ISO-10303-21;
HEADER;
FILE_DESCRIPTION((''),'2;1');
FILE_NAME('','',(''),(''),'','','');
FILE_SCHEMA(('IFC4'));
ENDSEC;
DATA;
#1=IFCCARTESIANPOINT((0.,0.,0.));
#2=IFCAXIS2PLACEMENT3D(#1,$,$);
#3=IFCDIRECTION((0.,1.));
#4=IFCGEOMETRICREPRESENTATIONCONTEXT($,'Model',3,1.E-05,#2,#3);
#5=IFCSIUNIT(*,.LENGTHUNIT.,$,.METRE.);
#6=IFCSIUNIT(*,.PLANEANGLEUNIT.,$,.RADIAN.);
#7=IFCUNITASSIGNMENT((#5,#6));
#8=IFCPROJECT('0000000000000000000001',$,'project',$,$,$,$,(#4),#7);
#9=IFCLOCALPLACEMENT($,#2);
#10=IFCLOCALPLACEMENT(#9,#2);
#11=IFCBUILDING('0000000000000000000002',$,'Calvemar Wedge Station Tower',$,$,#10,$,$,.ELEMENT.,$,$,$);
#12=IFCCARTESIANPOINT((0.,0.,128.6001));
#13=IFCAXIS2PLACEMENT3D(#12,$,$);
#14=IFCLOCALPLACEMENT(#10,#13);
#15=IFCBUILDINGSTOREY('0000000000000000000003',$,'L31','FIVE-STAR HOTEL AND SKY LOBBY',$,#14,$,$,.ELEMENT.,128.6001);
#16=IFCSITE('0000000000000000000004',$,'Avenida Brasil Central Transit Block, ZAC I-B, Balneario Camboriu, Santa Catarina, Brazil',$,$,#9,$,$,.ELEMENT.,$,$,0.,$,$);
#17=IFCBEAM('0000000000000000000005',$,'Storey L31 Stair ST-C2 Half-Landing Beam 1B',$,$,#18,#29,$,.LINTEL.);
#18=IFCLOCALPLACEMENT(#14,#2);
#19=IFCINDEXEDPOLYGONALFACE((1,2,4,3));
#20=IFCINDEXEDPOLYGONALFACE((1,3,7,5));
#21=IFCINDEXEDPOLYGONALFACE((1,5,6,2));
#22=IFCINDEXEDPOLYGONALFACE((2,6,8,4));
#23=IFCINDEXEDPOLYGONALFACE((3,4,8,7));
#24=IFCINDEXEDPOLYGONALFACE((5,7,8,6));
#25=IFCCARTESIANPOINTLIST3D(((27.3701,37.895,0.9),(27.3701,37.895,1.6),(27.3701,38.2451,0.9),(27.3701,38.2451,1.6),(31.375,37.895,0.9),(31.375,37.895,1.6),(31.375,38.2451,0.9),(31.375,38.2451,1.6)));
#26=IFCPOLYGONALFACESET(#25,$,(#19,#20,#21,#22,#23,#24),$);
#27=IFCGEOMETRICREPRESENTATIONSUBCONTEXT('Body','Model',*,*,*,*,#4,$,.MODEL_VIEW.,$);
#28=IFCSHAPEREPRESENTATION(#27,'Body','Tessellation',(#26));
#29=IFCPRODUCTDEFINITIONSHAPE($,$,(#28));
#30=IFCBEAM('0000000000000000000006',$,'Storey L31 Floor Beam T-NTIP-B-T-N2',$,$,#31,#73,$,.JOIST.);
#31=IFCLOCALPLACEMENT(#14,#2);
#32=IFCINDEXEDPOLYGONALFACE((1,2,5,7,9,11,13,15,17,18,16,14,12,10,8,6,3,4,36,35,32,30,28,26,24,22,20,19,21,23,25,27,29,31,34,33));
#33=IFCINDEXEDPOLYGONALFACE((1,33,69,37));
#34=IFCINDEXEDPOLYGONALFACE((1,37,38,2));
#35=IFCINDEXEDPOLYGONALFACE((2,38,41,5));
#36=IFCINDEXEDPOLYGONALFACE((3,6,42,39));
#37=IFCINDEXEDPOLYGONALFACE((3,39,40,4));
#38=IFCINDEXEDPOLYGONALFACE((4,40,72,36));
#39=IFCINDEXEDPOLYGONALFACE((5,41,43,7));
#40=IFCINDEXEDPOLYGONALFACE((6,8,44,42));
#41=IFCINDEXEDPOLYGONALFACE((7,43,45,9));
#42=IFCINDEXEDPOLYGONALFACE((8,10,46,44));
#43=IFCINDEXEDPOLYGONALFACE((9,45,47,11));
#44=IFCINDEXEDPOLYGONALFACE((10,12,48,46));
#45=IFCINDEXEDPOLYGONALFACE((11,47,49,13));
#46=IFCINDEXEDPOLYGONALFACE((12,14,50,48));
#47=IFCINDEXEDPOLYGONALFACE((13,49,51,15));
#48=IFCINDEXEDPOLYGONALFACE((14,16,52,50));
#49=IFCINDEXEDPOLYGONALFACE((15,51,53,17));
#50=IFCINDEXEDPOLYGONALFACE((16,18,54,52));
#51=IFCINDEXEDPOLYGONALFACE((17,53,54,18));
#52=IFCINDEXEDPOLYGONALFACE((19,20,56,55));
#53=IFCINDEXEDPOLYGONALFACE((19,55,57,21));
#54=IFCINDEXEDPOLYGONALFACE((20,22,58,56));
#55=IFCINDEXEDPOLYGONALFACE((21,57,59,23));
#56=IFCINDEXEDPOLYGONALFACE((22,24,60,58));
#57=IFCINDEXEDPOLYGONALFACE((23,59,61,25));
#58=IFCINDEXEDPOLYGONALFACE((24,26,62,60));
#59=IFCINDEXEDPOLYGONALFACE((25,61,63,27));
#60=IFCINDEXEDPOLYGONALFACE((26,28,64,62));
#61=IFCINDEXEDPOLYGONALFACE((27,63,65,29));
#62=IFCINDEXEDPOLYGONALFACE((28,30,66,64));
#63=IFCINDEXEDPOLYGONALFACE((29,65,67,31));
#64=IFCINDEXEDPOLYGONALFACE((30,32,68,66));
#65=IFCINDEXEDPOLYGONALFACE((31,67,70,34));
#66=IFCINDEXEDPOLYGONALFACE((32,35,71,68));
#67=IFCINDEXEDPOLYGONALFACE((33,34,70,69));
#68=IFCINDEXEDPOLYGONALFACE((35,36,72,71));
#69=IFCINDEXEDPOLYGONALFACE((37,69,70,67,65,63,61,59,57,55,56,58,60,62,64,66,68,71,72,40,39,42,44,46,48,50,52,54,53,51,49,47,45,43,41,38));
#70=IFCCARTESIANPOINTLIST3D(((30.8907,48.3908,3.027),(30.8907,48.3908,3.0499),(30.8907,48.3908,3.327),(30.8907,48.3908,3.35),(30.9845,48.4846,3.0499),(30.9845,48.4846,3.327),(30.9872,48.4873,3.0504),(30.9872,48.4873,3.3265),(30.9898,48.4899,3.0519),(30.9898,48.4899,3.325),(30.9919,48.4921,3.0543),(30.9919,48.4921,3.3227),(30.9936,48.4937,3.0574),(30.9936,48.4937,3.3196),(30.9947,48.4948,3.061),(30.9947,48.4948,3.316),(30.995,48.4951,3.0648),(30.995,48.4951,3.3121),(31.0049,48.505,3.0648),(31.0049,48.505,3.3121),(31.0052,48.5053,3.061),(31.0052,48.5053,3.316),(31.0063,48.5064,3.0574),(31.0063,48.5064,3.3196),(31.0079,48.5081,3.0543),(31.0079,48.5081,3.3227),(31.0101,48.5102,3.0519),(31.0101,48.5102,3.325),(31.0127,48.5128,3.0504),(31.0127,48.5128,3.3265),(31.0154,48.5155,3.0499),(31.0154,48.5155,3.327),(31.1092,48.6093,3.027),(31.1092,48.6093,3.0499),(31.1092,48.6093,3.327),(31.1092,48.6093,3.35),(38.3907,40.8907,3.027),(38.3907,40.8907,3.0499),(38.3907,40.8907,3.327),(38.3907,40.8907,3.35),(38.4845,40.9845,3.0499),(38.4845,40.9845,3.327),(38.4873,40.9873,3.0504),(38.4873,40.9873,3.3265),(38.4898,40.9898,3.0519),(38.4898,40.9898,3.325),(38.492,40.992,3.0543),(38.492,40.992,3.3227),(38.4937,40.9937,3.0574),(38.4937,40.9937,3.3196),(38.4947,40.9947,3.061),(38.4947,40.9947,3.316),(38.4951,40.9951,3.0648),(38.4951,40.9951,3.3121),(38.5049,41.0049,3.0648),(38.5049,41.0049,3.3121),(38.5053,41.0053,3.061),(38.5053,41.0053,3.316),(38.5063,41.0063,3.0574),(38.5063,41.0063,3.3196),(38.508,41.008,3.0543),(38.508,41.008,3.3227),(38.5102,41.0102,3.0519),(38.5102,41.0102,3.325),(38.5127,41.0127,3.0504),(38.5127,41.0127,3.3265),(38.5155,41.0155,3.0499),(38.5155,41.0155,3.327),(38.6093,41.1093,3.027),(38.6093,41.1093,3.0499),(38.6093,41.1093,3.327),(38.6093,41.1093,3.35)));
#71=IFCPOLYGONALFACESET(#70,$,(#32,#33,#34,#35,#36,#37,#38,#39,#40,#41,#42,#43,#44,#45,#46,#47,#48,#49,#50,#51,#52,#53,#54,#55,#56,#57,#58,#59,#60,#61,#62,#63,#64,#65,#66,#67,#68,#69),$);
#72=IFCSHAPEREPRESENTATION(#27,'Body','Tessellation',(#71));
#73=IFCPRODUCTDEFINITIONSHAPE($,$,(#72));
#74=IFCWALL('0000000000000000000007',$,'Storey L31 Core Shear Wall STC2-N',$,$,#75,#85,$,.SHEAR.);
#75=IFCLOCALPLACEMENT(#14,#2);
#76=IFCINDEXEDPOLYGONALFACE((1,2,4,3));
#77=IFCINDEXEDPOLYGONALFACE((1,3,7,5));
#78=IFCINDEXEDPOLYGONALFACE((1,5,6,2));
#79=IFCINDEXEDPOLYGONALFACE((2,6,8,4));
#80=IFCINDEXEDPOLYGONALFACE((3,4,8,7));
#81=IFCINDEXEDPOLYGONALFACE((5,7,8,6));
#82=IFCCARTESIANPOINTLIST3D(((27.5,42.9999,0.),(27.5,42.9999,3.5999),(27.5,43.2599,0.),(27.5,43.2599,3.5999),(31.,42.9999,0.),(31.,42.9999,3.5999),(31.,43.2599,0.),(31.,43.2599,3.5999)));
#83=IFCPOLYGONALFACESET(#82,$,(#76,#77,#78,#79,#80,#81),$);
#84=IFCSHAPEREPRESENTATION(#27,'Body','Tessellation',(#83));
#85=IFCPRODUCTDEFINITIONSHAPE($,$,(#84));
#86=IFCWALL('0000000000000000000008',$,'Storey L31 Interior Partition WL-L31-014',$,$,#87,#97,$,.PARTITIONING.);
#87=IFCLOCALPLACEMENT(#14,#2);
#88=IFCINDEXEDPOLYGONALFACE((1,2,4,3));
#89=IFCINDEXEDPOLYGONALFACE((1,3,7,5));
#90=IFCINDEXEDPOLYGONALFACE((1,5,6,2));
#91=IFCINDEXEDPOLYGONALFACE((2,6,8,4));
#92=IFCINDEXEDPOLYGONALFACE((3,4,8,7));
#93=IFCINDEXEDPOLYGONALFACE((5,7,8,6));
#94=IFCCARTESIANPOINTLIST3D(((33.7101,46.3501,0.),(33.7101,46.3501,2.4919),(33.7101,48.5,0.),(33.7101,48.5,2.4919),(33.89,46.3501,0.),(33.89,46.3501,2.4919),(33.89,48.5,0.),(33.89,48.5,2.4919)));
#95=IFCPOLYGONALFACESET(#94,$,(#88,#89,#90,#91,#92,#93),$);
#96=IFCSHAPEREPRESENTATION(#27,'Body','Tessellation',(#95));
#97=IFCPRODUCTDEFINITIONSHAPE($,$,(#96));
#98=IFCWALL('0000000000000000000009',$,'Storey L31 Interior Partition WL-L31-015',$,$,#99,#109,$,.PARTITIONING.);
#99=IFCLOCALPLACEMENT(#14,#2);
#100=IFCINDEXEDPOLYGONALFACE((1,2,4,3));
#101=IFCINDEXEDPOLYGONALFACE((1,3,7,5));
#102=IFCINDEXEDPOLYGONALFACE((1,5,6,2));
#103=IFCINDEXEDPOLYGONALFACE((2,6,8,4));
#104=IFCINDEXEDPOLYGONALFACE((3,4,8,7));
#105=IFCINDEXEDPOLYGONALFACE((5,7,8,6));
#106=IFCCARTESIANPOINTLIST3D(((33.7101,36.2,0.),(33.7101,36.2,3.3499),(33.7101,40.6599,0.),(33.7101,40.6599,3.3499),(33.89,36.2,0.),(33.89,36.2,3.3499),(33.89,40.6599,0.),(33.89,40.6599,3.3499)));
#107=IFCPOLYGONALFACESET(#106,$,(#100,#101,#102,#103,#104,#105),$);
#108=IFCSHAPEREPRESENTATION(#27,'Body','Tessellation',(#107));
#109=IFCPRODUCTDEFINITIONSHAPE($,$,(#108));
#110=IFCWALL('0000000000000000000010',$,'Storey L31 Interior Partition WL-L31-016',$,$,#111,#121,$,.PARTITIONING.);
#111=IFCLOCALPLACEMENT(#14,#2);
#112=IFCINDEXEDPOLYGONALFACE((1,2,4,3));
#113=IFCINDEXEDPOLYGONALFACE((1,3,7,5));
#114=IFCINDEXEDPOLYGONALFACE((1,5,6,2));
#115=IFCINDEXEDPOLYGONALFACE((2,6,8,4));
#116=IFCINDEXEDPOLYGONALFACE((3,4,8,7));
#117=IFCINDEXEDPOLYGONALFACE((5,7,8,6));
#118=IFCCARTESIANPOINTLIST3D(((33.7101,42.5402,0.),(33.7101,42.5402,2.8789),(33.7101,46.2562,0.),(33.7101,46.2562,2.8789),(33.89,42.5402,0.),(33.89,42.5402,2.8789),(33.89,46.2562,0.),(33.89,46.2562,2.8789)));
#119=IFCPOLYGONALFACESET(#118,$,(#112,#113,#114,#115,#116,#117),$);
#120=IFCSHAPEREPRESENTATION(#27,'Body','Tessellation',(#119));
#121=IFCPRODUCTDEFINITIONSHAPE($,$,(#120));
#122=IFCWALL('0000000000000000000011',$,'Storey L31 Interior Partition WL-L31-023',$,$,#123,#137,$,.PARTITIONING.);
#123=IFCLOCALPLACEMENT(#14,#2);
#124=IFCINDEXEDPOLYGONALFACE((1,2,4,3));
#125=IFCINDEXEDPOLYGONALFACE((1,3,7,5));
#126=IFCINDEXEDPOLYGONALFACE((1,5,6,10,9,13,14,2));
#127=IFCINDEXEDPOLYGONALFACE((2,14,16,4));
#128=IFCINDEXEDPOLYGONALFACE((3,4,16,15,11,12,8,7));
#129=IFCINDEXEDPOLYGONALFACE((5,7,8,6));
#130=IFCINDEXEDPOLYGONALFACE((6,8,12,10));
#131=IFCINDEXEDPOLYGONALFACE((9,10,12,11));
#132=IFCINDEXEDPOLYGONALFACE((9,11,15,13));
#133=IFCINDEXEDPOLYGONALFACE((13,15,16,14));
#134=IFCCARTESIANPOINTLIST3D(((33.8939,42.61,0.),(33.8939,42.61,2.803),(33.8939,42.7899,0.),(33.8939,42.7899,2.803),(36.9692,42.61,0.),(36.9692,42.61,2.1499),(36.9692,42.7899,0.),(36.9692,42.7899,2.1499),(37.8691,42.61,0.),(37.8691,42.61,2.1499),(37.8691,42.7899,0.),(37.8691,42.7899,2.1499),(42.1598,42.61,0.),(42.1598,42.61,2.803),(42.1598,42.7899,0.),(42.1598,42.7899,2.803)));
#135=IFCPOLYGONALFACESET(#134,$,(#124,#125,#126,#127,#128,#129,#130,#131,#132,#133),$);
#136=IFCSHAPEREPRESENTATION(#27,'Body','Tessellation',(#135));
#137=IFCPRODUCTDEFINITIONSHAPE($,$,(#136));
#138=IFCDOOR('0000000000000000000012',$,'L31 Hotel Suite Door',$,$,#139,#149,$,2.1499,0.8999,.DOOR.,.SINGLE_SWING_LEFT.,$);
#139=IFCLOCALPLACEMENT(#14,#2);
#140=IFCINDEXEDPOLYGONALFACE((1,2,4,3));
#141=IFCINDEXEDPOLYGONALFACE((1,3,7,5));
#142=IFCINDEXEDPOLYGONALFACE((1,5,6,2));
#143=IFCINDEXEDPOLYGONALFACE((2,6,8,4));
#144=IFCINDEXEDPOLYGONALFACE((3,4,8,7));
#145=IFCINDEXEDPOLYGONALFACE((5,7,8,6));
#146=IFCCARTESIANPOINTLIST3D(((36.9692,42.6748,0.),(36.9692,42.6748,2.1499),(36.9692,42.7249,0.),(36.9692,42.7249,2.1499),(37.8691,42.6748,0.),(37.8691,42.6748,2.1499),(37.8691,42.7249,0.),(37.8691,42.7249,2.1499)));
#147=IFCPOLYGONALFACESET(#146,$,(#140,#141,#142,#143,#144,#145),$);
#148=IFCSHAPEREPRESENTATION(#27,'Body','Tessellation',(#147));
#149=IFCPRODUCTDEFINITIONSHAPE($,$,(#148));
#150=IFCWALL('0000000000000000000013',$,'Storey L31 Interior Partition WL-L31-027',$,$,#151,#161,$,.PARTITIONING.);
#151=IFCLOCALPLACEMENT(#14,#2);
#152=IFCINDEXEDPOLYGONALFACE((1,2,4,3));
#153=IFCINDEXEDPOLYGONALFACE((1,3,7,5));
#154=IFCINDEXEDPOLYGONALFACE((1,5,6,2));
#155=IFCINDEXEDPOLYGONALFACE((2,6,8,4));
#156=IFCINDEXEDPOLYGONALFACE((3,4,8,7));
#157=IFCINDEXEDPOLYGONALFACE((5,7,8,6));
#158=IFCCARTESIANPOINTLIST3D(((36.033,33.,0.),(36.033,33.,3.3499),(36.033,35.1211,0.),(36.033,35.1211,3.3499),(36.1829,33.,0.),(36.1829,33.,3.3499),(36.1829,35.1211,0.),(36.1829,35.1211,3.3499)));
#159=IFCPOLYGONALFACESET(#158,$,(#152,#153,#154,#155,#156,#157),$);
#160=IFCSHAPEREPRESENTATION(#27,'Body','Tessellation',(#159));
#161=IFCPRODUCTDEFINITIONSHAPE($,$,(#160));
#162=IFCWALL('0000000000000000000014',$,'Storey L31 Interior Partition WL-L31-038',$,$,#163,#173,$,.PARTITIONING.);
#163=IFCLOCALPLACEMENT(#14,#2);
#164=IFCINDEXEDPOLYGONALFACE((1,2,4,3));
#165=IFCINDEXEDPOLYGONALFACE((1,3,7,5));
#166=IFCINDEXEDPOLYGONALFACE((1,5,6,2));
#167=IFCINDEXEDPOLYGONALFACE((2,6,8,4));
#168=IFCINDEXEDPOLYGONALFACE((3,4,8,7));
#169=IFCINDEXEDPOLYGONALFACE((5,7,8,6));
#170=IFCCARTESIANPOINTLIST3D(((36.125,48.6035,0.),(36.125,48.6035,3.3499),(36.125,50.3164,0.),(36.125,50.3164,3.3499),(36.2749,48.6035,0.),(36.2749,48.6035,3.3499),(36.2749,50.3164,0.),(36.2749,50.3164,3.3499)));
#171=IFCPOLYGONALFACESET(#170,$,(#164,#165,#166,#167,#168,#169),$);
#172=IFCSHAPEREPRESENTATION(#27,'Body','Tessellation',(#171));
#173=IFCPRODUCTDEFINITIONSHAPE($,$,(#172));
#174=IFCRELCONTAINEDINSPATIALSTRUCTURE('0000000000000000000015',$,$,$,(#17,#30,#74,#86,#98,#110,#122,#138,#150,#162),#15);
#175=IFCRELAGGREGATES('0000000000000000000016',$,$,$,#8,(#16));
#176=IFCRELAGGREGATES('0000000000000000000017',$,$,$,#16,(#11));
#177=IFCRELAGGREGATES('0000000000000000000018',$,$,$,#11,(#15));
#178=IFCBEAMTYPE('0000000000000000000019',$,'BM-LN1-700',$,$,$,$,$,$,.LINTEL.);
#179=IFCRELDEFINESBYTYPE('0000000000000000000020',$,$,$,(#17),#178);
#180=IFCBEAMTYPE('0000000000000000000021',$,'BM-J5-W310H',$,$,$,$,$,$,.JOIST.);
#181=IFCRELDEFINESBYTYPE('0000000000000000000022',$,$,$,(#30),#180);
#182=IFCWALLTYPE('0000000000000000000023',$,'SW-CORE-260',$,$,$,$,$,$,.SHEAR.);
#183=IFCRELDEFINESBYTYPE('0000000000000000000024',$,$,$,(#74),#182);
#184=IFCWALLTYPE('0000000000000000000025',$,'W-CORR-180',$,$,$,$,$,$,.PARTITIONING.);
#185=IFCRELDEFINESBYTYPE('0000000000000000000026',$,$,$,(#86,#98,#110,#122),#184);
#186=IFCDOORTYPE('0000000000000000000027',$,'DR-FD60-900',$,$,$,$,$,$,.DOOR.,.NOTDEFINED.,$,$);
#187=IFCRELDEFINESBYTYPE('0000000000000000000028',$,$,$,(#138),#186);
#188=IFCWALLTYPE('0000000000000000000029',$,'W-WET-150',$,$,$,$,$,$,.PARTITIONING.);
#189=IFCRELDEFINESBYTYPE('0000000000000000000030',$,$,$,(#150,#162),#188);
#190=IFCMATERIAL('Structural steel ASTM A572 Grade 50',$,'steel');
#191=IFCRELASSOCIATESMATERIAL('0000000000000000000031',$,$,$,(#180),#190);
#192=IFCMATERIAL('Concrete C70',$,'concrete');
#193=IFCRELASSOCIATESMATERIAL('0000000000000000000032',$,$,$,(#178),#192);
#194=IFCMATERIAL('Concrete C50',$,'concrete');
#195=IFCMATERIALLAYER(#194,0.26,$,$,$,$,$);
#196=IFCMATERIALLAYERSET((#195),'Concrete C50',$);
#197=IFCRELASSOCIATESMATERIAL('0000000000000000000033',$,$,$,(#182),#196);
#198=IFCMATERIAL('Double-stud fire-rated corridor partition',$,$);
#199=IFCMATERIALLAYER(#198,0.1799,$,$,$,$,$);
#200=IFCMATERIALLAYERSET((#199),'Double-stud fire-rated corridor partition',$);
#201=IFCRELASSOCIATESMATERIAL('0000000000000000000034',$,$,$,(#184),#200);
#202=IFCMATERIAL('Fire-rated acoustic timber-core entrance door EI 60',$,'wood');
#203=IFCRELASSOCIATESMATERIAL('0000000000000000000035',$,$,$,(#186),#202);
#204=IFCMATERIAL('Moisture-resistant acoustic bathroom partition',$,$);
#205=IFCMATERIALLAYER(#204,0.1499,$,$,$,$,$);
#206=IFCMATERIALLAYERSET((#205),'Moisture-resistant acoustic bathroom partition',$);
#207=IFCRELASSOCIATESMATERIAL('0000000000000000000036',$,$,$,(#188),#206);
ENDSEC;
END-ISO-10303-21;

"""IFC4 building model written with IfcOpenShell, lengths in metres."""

from ifc_helpers import new_model, si_unit, direction, frame, frame_2d, origin, origin_2d, place, context, subcontext, project, spatial, rectangle, i_section, extrude, source, transform, mapped, material, layer, layer_set, material_profile, profile_set, type_object, element, fill, save


model = new_model("IFC4")

# Units and contexts
model_context = context("Model", 3, precision=1e-05, world=origin(), true_north=direction((0.0, 1.0)))
body_context = subcontext(model_context, "Body", "Model", "MODEL_VIEW")
ifc_project = project(units=[si_unit("LENGTHUNIT", "METRE"), si_unit("PLANEANGLEUNIT", "RADIAN")], contexts=[model_context])

# Site, building, storey
site_placement = place(None, origin())
site = spatial("IfcSite", under=ifc_project, at=site_placement, Name="Avenida Brasil Central Transit Block, ZAC I-B, Balneario Camboriu, Santa Catarina, Brazil", CompositionType="ELEMENT", RefElevation=0.0)
building_placement = place(site_placement, origin())
building = spatial("IfcBuilding", under=site, at=building_placement, Name="Calvemar Wedge Station Tower", CompositionType="ELEMENT")
storey_placement = place(building_placement, frame((0.0, 0.0, 128.6001)))
storey = spatial("IfcBuildingStorey", under=building, at=storey_placement, Name="L31", Description="FIVE-STAR HOTEL AND SKY LOBBY", CompositionType="ELEMENT", Elevation=128.6001)

# Shared definitions
ifc_material_1 = material(Name="Structural steel ASTM A572 Grade 50", Category="steel")

# Beams
ifc_material_profile_1 = material_profile(ifc_material_1, i_section(OverallWidth=0.3091, OverallDepth=0.323, WebThickness=0.0139, FlangeThickness=0.0229, FilletRadius=0.0149, at=origin_2d()), Name="W310x143")
ifc_profile_set_1 = profile_set([ifc_material_profile_1], Name="Structural steel ASTM A572 Grade 50")
beam_type_1 = type_object("IfcBeamType", Name="BM-J5-W310H", PredefinedType="JOIST", material=ifc_profile_set_1)
ifc_material_2 = material(Name="Concrete C70", Category="concrete")
ifc_material_profile_2 = material_profile(ifc_material_2, rectangle(XDim=0.3501, YDim=0.7, at=origin_2d()), Name="RC350x700")
ifc_profile_set_2 = profile_set([ifc_material_profile_2], Name="Concrete C70")
beam_type_2 = type_object("IfcBeamType", Name="BM-LN1-700", PredefinedType="LINTEL", material=ifc_profile_set_2)
shared_shape_1 = source(origin(), body_context, "Body", "SweptSolid", [
    extrude(rectangle(XDim=0.3501, YDim=0.7, at=origin_2d()), origin(), (0.0, 0.0, 1.0), 4.0049),
])
beam_1_placement = place(storey_placement, frame((27.3701, 38.0701, 1.25), z_axis=(1.0, 0.0, 0.0), x_axis=(0.0, 1.0, 0.0)))
element("IfcBeam", 1, at=beam_1_placement, inside=storey, type_object=beam_type_2, Name="Storey L31 Stair ST-C2 Half-Landing Beam 1B", PredefinedType="LINTEL", context=body_context, shape_type="MappedRepresentation", body=[
    mapped(shared_shape_1, transform((0.0, 0.0, 0.0), scale=1.0)),
])
shared_shape_2 = source(origin(), body_context, "Body", "SweptSolid", [
    extrude(i_section(OverallWidth=0.3091, OverallDepth=0.323, WebThickness=0.0139, FlangeThickness=0.0229, FilletRadius=0.0149, at=origin_2d()), origin(), (0.0, 0.0, 1.0), 10.6067),
])
beam_2_placement = place(storey_placement, frame((38.5, 41.0, 3.1885), z_axis=(-0.707107, 0.707107, 0.0), x_axis=(-0.707107, -0.707107, 0.0)))
element("IfcBeam", 2, at=beam_2_placement, inside=storey, type_object=beam_type_1, Name="Storey L31 Floor Beam T-NTIP-B-T-N2", PredefinedType="JOIST", context=body_context, shape_type="MappedRepresentation", body=[
    mapped(shared_shape_2, transform((0.0, 0.0, 0.0), scale=1.0)),
])

# Walls
ifc_material_3 = material(Name="Concrete C50", Category="concrete")
ifc_layer_1 = layer(ifc_material_3, 0.26)
ifc_layer_set_1 = layer_set([ifc_layer_1], Name="Concrete C50")
wall_type_1 = type_object("IfcWallType", Name="SW-CORE-260", PredefinedType="SHEAR", material=ifc_layer_set_1)
wall_1_placement = place(storey_placement, frame((27.5, 43.1299, 0.0), z_axis=(0.0, 0.0, 1.0), x_axis=(1.0, 0.0, 0.0)))
element("IfcWall", 3, at=wall_1_placement, inside=storey, type_object=wall_type_1, Name="Storey L31 Core Shear Wall STC2-N", PredefinedType="SHEAR", context=body_context, shape_type="SweptSolid", body=[
    extrude(rectangle(XDim=3.5, YDim=0.26, at=frame_2d((1.75, 0.0))), origin(), (0.0, 0.0, 1.0), 3.5999),
])
ifc_material_4 = material(Name="Double-stud fire-rated corridor partition")
ifc_layer_2 = layer(ifc_material_4, 0.1799)
ifc_layer_set_2 = layer_set([ifc_layer_2], Name="Double-stud fire-rated corridor partition")
wall_type_2 = type_object("IfcWallType", Name="W-CORR-180", PredefinedType="PARTITIONING", material=ifc_layer_set_2)
wall_2_placement = place(storey_placement, frame((33.8, 48.5, 0.0), z_axis=(0.0, 0.0, 1.0), x_axis=(0.0, -1.0, 0.0)))
element("IfcWall", 4, at=wall_2_placement, inside=storey, type_object=wall_type_2, Name="Storey L31 Interior Partition WL-L31-014", PredefinedType="PARTITIONING", context=body_context, shape_type="SweptSolid", body=[
    extrude(rectangle(XDim=2.1499, YDim=0.1799, at=frame_2d((1.075, 0.0))), origin(), (0.0, 0.0, 1.0), 2.4919),
])
wall_3_placement = place(storey_placement, frame((33.8, 40.6599, 0.0), z_axis=(0.0, 0.0, 1.0), x_axis=(0.0, -1.0, 0.0)))
element("IfcWall", 5, at=wall_3_placement, inside=storey, type_object=wall_type_2, Name="Storey L31 Interior Partition WL-L31-015", PredefinedType="PARTITIONING", context=body_context, shape_type="SweptSolid", body=[
    extrude(rectangle(XDim=4.46, YDim=0.1799, at=frame_2d((2.23, 0.0))), origin(), (0.0, 0.0, 1.0), 3.3499),
])
wall_4_placement = place(storey_placement, frame((33.8, 46.2561, 0.0), z_axis=(0.0, 0.0, 1.0), x_axis=(0.0, -1.0, 0.0)))
element("IfcWall", 6, at=wall_4_placement, inside=storey, type_object=wall_type_2, Name="Storey L31 Interior Partition WL-L31-016", PredefinedType="PARTITIONING", context=body_context, shape_type="SweptSolid", body=[
    extrude(rectangle(XDim=3.7161, YDim=0.1799, at=frame_2d((1.8579, 0.0))), origin(), (0.0, 0.0, 1.0), 2.8789),
])

# Wall, opening, door
wall_5_placement = place(storey_placement, frame((33.894, 42.7, 0.0), z_axis=(0.0, 0.0, 1.0), x_axis=(1.0, 0.0, 0.0)))
wall_5 = element("IfcWall", 7, at=wall_5_placement, inside=storey, type_object=wall_type_2, Name="Storey L31 Interior Partition WL-L31-023", PredefinedType="PARTITIONING", context=body_context, shape_type="SweptSolid", body=[
    extrude(rectangle(XDim=8.2659, YDim=0.1799, at=frame_2d((4.1328, 0.0))), origin(), (0.0, 0.0, 1.0), 2.803),
])
shared_shape_3 = source(origin(), body_context, "Body", "SweptSolid", [
    extrude(rectangle(XDim=0.8999, YDim=2.1499, at=frame_2d((0.45, 1.075))), frame((0.0, 0.1001, 0.0), z_axis=(0.0, -1.0, 0.0), x_axis=(1.0, 0.0, 0.0)), (0.0, 0.0, 1.0), 0.2),
])
opening_1_placement = place(wall_5_placement, frame((3.0752, 0.0, 0.0)))
opening_1 = element("IfcOpeningElement", 8, at=opening_1_placement, cuts=wall_5, PredefinedType="OPENING", context=body_context, shape_type="MappedRepresentation", body=[
    mapped(shared_shape_3, transform((0.0, 0.0, 0.0), scale=1.0)),
])
ifc_material_5 = material(Name="Fire-rated acoustic timber-core entrance door EI 60", Category="wood")
door_type_1 = type_object("IfcDoorType", Name="DR-FD60-900", OperationType="NOTDEFINED", PredefinedType="DOOR", material=ifc_material_5)
shared_shape_4 = source(origin(), body_context, "Body", "SweptSolid", [
    extrude(rectangle(XDim=0.8999, YDim=2.1499, at=frame_2d((0.45, 1.075))), frame((0.0, 0.0249, 0.0), z_axis=(0.0, -1.0, 0.0), x_axis=(1.0, 0.0, 0.0)), (0.0, 0.0, 1.0), 0.05),
])
door_1_placement = place(opening_1_placement, origin())
door_1 = element("IfcDoor", 9, at=door_1_placement, inside=storey, type_object=door_type_1, Name="L31 Hotel Suite Door", OperationType="SINGLE_SWING_LEFT", OverallHeight=2.1499, OverallWidth=0.8999, PredefinedType="DOOR", context=body_context, shape_type="MappedRepresentation", body=[
    mapped(shared_shape_4, transform((0.0, 0.0, 0.0), scale=1.0)),
])
fill(opening_1, door_1)
ifc_material_6 = material(Name="Moisture-resistant acoustic bathroom partition")
ifc_layer_3 = layer(ifc_material_6, 0.1499)
ifc_layer_set_3 = layer_set([ifc_layer_3], Name="Moisture-resistant acoustic bathroom partition")
wall_type_3 = type_object("IfcWallType", Name="W-WET-150", PredefinedType="PARTITIONING", material=ifc_layer_set_3)

# Wall
wall_6_placement = place(storey_placement, frame((36.1079, 35.1211, 0.0), z_axis=(0.0, 0.0, 1.0), x_axis=(0.0, -1.0, 0.0)))
element("IfcWall", 10, at=wall_6_placement, inside=storey, type_object=wall_type_3, Name="Storey L31 Interior Partition WL-L31-027", PredefinedType="PARTITIONING", context=body_context, shape_type="SweptSolid", body=[
    extrude(rectangle(XDim=2.1211, YDim=0.1499, at=frame_2d((1.0605, 0.0))), origin(), (0.0, 0.0, 1.0), 3.3499),
])

# Wall
wall_7_placement = place(storey_placement, frame((36.2, 50.3164, 0.0), z_axis=(0.0, 0.0, 1.0), x_axis=(0.0, -1.0, 0.0)))
element("IfcWall", 11, at=wall_7_placement, inside=storey, type_object=wall_type_3, Name="Storey L31 Interior Partition WL-L31-038", PredefinedType="PARTITIONING", context=body_context, shape_type="SweptSolid", body=[
    extrude(rectangle(XDim=1.7129, YDim=0.1499, at=frame_2d((0.8564, 0.0))), origin(), (0.0, 0.0, 1.0), 3.3499),
])

save(model, "model.ifc")
